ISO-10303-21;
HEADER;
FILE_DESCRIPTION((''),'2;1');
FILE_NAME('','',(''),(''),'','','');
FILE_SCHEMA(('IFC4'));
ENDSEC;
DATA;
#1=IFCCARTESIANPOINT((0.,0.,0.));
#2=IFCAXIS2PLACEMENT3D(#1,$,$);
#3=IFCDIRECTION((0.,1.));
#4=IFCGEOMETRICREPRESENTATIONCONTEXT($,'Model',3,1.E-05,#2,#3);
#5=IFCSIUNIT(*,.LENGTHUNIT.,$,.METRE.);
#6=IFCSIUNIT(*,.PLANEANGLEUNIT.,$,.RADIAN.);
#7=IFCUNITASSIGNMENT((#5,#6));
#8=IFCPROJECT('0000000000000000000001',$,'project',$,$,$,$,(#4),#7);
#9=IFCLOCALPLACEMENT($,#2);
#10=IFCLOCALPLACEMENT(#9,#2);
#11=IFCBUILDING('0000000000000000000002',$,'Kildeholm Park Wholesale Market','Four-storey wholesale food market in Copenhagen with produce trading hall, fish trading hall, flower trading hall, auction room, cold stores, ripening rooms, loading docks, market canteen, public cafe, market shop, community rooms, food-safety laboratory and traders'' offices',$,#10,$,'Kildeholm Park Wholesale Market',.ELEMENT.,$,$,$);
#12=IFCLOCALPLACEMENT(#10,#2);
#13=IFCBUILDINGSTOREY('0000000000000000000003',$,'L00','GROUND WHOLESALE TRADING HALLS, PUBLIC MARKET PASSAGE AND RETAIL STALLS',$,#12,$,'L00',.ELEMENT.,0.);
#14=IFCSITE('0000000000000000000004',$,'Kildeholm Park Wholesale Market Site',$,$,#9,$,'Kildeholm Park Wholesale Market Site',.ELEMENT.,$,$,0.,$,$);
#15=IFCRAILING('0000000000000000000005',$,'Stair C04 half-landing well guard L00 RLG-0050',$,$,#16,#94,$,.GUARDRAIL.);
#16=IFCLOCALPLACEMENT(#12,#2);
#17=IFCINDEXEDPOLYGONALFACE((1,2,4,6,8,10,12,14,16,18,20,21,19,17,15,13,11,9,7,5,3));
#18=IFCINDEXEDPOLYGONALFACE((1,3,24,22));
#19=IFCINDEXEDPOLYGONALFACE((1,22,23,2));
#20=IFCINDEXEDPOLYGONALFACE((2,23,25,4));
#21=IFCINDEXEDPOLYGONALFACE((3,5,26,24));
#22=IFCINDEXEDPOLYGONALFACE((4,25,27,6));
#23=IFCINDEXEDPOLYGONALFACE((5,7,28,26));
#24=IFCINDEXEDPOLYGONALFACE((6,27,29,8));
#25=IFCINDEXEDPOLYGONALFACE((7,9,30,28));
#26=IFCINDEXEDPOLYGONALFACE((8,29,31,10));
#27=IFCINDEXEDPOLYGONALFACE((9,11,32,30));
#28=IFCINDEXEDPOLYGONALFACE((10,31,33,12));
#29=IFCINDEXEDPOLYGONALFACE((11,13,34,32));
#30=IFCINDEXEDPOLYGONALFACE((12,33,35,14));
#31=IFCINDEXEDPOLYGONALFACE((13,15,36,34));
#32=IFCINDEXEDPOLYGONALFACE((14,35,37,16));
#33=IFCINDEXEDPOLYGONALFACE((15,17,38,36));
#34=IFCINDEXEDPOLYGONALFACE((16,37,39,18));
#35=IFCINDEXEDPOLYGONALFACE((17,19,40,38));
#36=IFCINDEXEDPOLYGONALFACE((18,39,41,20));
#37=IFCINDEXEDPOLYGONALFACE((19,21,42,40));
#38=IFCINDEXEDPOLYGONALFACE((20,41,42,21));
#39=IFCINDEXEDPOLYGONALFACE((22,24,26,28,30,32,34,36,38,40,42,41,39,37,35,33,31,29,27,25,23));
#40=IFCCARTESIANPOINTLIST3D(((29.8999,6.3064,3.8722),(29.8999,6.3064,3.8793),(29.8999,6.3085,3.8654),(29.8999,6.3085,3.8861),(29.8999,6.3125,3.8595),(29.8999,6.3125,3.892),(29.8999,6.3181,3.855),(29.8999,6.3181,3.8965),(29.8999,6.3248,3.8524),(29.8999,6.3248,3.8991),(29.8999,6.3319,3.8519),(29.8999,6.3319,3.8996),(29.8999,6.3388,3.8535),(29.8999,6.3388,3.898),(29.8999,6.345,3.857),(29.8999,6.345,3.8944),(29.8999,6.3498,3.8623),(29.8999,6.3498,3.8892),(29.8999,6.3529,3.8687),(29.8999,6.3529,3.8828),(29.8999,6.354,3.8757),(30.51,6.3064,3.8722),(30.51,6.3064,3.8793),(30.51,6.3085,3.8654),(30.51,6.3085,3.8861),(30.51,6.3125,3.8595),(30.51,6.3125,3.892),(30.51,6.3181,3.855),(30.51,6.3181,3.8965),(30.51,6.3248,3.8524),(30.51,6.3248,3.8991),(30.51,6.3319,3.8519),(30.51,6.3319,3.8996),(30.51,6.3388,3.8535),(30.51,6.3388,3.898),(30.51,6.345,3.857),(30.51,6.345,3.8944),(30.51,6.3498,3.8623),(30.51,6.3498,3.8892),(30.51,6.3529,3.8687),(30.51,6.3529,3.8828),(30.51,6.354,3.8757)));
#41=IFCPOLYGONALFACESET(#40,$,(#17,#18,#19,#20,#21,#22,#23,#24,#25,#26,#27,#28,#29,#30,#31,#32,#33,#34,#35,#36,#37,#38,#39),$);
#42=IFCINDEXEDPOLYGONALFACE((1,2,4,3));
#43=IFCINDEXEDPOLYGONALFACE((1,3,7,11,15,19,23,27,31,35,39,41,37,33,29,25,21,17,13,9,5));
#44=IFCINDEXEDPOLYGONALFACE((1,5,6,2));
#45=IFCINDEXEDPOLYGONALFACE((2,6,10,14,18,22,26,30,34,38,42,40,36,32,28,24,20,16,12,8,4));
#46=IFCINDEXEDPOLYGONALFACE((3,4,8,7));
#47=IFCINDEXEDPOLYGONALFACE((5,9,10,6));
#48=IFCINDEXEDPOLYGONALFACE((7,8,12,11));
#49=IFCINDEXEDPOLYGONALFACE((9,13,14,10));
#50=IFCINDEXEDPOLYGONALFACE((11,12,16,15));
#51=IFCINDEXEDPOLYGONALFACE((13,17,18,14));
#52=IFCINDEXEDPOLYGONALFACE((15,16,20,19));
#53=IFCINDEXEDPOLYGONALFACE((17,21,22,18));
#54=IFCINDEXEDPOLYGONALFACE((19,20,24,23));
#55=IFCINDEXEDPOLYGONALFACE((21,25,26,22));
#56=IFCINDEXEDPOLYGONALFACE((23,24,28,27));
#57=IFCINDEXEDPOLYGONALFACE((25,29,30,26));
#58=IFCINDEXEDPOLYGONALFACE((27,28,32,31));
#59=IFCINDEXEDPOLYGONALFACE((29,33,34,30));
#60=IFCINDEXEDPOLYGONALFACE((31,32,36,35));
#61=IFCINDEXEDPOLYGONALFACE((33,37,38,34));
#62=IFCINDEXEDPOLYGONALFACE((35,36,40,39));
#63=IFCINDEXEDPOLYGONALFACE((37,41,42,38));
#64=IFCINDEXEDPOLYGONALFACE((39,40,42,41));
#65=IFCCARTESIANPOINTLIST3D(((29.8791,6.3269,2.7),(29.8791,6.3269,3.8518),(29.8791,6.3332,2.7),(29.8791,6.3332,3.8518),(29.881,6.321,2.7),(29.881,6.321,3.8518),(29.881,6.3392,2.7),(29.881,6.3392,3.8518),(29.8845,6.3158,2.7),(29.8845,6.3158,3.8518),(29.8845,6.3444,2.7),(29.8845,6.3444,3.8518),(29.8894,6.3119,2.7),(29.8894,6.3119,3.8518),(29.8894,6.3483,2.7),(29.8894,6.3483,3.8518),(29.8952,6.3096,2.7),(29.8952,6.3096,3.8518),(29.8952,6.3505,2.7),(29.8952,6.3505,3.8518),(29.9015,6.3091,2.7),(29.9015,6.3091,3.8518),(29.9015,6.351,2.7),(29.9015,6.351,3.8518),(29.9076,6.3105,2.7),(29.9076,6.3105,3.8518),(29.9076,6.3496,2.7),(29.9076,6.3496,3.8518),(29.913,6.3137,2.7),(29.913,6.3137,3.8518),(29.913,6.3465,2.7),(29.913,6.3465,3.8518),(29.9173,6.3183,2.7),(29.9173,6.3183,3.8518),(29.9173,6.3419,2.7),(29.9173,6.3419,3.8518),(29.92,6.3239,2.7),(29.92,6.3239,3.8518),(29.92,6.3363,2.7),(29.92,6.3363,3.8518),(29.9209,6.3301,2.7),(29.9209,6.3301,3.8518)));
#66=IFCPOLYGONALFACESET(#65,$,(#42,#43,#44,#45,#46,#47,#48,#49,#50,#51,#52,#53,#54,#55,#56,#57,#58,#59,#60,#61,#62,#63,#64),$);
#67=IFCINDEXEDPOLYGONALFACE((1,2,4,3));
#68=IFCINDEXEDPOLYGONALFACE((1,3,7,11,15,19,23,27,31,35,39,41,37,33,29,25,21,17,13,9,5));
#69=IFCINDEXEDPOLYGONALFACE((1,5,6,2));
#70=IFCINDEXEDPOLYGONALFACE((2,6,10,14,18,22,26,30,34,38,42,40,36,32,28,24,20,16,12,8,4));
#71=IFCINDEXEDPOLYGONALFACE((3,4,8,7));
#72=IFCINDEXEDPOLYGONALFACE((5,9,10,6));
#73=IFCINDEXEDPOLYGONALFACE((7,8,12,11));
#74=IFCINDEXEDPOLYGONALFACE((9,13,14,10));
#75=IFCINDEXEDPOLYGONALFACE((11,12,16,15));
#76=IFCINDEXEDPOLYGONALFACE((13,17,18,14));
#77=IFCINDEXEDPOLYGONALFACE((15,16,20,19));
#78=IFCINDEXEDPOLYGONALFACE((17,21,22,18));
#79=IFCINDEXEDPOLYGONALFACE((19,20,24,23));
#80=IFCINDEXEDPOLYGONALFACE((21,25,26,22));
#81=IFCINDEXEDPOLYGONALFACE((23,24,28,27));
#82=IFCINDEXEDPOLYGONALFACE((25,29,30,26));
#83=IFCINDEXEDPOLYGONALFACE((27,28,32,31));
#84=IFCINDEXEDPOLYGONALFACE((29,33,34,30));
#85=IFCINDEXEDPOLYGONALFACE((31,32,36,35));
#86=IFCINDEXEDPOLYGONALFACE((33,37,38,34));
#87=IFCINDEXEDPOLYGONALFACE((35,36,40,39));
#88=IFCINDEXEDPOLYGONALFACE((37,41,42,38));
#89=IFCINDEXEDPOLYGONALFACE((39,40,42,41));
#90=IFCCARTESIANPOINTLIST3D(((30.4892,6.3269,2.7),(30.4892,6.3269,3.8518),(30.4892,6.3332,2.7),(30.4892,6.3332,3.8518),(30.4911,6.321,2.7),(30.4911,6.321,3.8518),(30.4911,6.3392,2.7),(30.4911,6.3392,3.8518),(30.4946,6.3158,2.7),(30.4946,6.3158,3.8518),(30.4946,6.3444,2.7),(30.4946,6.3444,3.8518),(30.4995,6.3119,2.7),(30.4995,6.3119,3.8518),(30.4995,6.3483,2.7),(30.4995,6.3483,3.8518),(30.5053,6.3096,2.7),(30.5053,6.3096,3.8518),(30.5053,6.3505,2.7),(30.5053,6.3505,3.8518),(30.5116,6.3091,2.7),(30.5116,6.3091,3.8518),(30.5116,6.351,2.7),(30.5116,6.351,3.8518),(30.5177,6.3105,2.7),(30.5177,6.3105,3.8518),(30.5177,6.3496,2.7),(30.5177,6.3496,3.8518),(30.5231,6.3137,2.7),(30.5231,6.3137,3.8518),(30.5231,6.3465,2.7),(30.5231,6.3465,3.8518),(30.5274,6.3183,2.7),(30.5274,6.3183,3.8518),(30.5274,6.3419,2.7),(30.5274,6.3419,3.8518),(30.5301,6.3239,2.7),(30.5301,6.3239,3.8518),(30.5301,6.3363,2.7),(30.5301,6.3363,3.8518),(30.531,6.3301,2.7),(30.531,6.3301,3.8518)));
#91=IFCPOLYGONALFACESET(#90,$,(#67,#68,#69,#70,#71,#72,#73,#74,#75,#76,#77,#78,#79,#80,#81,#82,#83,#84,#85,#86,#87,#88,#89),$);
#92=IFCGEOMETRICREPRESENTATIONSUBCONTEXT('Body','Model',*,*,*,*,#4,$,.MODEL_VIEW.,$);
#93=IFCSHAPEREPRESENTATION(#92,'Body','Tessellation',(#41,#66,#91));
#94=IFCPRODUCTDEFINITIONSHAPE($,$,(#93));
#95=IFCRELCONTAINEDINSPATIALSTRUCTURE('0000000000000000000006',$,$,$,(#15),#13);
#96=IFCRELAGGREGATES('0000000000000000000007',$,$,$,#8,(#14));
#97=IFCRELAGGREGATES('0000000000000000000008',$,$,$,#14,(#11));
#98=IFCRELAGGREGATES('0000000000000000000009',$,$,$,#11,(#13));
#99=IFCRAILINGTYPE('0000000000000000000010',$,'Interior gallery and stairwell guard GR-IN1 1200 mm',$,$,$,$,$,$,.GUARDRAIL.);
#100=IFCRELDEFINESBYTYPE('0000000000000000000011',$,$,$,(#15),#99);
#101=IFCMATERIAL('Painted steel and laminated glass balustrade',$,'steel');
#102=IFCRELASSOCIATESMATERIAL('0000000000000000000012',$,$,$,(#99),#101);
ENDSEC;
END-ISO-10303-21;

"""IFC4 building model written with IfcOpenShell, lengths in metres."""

from ifc_helpers import new_model, si_unit, direction, frame, origin, origin_2d, place, context, subcontext, project, spatial, circle, extrude, material, type_object, element, save


model = new_model("IFC4")

# Units and contexts
model_context = context("Model", 3, precision=1e-05, world=origin(), true_north=direction((0.0, 1.0)))
body_context = subcontext(model_context, "Body", "Model", "MODEL_VIEW")
ifc_project = project(units=[si_unit("LENGTHUNIT", "METRE"), si_unit("PLANEANGLEUNIT", "RADIAN")], contexts=[model_context])

# Site, building, storey
site_placement = place(None, origin())
site = spatial("IfcSite", under=ifc_project, at=site_placement, Name="Kildeholm Park Wholesale Market Site", LongName="Kildeholm Park Wholesale Market Site", CompositionType="ELEMENT", RefElevation=0.0)
building_placement = place(site_placement, origin())
building = spatial("IfcBuilding", under=site, at=building_placement, Name="Kildeholm Park Wholesale Market", Description="Four-storey wholesale food market in Copenhagen with produce trading hall, fish trading hall, flower trading hall, auction room, cold stores, ripening rooms, loading docks, market canteen, public cafe, market shop, community rooms, food-safety laboratory and traders' offices", LongName="Kildeholm Park Wholesale Market", CompositionType="ELEMENT")
storey_placement = place(building_placement, origin())
storey = spatial("IfcBuildingStorey", under=building, at=storey_placement, Name="L00", Description="GROUND WHOLESALE TRADING HALLS, PUBLIC MARKET PASSAGE AND RETAIL STALLS", LongName="L00", CompositionType="ELEMENT", Elevation=0.0)

# Railing
ifc_material_1 = material(Name="Painted steel and laminated glass balustrade", Category="steel")
railing_type_1 = type_object("IfcRailingType", Name="Interior gallery and stairwell guard GR-IN1 1200 mm", PredefinedType="GUARDRAIL", material=ifc_material_1)
railing_1_placement = place(storey_placement, frame((29.8999, 6.3301, 2.7)))
element("IfcRailing", 1, at=railing_1_placement, inside=storey, type_object=railing_type_1, Name="Stair C04 half-landing well guard L00 RLG-0050", PredefinedType="GUARDRAIL", context=body_context, shape_type="SweptSolid", body=[
    extrude(circle(Radius=0.0239, at=origin_2d()), frame((0.0, 0.0, 1.1758), z_axis=(1.0, 0.0, 0.0), x_axis=(0.0, 1.0, 0.0)), (0.0, 0.0, 1.0), 0.6101),
    extrude(circle(Radius=0.021, at=origin_2d()), origin(), (0.0, 0.0, 1.0), 1.1519),
    extrude(circle(Radius=0.021, at=origin_2d()), frame((0.6101, 0.0, 0.0)), (0.0, 0.0, 1.0), 1.1519),
])

save(model, "model.ifc")
